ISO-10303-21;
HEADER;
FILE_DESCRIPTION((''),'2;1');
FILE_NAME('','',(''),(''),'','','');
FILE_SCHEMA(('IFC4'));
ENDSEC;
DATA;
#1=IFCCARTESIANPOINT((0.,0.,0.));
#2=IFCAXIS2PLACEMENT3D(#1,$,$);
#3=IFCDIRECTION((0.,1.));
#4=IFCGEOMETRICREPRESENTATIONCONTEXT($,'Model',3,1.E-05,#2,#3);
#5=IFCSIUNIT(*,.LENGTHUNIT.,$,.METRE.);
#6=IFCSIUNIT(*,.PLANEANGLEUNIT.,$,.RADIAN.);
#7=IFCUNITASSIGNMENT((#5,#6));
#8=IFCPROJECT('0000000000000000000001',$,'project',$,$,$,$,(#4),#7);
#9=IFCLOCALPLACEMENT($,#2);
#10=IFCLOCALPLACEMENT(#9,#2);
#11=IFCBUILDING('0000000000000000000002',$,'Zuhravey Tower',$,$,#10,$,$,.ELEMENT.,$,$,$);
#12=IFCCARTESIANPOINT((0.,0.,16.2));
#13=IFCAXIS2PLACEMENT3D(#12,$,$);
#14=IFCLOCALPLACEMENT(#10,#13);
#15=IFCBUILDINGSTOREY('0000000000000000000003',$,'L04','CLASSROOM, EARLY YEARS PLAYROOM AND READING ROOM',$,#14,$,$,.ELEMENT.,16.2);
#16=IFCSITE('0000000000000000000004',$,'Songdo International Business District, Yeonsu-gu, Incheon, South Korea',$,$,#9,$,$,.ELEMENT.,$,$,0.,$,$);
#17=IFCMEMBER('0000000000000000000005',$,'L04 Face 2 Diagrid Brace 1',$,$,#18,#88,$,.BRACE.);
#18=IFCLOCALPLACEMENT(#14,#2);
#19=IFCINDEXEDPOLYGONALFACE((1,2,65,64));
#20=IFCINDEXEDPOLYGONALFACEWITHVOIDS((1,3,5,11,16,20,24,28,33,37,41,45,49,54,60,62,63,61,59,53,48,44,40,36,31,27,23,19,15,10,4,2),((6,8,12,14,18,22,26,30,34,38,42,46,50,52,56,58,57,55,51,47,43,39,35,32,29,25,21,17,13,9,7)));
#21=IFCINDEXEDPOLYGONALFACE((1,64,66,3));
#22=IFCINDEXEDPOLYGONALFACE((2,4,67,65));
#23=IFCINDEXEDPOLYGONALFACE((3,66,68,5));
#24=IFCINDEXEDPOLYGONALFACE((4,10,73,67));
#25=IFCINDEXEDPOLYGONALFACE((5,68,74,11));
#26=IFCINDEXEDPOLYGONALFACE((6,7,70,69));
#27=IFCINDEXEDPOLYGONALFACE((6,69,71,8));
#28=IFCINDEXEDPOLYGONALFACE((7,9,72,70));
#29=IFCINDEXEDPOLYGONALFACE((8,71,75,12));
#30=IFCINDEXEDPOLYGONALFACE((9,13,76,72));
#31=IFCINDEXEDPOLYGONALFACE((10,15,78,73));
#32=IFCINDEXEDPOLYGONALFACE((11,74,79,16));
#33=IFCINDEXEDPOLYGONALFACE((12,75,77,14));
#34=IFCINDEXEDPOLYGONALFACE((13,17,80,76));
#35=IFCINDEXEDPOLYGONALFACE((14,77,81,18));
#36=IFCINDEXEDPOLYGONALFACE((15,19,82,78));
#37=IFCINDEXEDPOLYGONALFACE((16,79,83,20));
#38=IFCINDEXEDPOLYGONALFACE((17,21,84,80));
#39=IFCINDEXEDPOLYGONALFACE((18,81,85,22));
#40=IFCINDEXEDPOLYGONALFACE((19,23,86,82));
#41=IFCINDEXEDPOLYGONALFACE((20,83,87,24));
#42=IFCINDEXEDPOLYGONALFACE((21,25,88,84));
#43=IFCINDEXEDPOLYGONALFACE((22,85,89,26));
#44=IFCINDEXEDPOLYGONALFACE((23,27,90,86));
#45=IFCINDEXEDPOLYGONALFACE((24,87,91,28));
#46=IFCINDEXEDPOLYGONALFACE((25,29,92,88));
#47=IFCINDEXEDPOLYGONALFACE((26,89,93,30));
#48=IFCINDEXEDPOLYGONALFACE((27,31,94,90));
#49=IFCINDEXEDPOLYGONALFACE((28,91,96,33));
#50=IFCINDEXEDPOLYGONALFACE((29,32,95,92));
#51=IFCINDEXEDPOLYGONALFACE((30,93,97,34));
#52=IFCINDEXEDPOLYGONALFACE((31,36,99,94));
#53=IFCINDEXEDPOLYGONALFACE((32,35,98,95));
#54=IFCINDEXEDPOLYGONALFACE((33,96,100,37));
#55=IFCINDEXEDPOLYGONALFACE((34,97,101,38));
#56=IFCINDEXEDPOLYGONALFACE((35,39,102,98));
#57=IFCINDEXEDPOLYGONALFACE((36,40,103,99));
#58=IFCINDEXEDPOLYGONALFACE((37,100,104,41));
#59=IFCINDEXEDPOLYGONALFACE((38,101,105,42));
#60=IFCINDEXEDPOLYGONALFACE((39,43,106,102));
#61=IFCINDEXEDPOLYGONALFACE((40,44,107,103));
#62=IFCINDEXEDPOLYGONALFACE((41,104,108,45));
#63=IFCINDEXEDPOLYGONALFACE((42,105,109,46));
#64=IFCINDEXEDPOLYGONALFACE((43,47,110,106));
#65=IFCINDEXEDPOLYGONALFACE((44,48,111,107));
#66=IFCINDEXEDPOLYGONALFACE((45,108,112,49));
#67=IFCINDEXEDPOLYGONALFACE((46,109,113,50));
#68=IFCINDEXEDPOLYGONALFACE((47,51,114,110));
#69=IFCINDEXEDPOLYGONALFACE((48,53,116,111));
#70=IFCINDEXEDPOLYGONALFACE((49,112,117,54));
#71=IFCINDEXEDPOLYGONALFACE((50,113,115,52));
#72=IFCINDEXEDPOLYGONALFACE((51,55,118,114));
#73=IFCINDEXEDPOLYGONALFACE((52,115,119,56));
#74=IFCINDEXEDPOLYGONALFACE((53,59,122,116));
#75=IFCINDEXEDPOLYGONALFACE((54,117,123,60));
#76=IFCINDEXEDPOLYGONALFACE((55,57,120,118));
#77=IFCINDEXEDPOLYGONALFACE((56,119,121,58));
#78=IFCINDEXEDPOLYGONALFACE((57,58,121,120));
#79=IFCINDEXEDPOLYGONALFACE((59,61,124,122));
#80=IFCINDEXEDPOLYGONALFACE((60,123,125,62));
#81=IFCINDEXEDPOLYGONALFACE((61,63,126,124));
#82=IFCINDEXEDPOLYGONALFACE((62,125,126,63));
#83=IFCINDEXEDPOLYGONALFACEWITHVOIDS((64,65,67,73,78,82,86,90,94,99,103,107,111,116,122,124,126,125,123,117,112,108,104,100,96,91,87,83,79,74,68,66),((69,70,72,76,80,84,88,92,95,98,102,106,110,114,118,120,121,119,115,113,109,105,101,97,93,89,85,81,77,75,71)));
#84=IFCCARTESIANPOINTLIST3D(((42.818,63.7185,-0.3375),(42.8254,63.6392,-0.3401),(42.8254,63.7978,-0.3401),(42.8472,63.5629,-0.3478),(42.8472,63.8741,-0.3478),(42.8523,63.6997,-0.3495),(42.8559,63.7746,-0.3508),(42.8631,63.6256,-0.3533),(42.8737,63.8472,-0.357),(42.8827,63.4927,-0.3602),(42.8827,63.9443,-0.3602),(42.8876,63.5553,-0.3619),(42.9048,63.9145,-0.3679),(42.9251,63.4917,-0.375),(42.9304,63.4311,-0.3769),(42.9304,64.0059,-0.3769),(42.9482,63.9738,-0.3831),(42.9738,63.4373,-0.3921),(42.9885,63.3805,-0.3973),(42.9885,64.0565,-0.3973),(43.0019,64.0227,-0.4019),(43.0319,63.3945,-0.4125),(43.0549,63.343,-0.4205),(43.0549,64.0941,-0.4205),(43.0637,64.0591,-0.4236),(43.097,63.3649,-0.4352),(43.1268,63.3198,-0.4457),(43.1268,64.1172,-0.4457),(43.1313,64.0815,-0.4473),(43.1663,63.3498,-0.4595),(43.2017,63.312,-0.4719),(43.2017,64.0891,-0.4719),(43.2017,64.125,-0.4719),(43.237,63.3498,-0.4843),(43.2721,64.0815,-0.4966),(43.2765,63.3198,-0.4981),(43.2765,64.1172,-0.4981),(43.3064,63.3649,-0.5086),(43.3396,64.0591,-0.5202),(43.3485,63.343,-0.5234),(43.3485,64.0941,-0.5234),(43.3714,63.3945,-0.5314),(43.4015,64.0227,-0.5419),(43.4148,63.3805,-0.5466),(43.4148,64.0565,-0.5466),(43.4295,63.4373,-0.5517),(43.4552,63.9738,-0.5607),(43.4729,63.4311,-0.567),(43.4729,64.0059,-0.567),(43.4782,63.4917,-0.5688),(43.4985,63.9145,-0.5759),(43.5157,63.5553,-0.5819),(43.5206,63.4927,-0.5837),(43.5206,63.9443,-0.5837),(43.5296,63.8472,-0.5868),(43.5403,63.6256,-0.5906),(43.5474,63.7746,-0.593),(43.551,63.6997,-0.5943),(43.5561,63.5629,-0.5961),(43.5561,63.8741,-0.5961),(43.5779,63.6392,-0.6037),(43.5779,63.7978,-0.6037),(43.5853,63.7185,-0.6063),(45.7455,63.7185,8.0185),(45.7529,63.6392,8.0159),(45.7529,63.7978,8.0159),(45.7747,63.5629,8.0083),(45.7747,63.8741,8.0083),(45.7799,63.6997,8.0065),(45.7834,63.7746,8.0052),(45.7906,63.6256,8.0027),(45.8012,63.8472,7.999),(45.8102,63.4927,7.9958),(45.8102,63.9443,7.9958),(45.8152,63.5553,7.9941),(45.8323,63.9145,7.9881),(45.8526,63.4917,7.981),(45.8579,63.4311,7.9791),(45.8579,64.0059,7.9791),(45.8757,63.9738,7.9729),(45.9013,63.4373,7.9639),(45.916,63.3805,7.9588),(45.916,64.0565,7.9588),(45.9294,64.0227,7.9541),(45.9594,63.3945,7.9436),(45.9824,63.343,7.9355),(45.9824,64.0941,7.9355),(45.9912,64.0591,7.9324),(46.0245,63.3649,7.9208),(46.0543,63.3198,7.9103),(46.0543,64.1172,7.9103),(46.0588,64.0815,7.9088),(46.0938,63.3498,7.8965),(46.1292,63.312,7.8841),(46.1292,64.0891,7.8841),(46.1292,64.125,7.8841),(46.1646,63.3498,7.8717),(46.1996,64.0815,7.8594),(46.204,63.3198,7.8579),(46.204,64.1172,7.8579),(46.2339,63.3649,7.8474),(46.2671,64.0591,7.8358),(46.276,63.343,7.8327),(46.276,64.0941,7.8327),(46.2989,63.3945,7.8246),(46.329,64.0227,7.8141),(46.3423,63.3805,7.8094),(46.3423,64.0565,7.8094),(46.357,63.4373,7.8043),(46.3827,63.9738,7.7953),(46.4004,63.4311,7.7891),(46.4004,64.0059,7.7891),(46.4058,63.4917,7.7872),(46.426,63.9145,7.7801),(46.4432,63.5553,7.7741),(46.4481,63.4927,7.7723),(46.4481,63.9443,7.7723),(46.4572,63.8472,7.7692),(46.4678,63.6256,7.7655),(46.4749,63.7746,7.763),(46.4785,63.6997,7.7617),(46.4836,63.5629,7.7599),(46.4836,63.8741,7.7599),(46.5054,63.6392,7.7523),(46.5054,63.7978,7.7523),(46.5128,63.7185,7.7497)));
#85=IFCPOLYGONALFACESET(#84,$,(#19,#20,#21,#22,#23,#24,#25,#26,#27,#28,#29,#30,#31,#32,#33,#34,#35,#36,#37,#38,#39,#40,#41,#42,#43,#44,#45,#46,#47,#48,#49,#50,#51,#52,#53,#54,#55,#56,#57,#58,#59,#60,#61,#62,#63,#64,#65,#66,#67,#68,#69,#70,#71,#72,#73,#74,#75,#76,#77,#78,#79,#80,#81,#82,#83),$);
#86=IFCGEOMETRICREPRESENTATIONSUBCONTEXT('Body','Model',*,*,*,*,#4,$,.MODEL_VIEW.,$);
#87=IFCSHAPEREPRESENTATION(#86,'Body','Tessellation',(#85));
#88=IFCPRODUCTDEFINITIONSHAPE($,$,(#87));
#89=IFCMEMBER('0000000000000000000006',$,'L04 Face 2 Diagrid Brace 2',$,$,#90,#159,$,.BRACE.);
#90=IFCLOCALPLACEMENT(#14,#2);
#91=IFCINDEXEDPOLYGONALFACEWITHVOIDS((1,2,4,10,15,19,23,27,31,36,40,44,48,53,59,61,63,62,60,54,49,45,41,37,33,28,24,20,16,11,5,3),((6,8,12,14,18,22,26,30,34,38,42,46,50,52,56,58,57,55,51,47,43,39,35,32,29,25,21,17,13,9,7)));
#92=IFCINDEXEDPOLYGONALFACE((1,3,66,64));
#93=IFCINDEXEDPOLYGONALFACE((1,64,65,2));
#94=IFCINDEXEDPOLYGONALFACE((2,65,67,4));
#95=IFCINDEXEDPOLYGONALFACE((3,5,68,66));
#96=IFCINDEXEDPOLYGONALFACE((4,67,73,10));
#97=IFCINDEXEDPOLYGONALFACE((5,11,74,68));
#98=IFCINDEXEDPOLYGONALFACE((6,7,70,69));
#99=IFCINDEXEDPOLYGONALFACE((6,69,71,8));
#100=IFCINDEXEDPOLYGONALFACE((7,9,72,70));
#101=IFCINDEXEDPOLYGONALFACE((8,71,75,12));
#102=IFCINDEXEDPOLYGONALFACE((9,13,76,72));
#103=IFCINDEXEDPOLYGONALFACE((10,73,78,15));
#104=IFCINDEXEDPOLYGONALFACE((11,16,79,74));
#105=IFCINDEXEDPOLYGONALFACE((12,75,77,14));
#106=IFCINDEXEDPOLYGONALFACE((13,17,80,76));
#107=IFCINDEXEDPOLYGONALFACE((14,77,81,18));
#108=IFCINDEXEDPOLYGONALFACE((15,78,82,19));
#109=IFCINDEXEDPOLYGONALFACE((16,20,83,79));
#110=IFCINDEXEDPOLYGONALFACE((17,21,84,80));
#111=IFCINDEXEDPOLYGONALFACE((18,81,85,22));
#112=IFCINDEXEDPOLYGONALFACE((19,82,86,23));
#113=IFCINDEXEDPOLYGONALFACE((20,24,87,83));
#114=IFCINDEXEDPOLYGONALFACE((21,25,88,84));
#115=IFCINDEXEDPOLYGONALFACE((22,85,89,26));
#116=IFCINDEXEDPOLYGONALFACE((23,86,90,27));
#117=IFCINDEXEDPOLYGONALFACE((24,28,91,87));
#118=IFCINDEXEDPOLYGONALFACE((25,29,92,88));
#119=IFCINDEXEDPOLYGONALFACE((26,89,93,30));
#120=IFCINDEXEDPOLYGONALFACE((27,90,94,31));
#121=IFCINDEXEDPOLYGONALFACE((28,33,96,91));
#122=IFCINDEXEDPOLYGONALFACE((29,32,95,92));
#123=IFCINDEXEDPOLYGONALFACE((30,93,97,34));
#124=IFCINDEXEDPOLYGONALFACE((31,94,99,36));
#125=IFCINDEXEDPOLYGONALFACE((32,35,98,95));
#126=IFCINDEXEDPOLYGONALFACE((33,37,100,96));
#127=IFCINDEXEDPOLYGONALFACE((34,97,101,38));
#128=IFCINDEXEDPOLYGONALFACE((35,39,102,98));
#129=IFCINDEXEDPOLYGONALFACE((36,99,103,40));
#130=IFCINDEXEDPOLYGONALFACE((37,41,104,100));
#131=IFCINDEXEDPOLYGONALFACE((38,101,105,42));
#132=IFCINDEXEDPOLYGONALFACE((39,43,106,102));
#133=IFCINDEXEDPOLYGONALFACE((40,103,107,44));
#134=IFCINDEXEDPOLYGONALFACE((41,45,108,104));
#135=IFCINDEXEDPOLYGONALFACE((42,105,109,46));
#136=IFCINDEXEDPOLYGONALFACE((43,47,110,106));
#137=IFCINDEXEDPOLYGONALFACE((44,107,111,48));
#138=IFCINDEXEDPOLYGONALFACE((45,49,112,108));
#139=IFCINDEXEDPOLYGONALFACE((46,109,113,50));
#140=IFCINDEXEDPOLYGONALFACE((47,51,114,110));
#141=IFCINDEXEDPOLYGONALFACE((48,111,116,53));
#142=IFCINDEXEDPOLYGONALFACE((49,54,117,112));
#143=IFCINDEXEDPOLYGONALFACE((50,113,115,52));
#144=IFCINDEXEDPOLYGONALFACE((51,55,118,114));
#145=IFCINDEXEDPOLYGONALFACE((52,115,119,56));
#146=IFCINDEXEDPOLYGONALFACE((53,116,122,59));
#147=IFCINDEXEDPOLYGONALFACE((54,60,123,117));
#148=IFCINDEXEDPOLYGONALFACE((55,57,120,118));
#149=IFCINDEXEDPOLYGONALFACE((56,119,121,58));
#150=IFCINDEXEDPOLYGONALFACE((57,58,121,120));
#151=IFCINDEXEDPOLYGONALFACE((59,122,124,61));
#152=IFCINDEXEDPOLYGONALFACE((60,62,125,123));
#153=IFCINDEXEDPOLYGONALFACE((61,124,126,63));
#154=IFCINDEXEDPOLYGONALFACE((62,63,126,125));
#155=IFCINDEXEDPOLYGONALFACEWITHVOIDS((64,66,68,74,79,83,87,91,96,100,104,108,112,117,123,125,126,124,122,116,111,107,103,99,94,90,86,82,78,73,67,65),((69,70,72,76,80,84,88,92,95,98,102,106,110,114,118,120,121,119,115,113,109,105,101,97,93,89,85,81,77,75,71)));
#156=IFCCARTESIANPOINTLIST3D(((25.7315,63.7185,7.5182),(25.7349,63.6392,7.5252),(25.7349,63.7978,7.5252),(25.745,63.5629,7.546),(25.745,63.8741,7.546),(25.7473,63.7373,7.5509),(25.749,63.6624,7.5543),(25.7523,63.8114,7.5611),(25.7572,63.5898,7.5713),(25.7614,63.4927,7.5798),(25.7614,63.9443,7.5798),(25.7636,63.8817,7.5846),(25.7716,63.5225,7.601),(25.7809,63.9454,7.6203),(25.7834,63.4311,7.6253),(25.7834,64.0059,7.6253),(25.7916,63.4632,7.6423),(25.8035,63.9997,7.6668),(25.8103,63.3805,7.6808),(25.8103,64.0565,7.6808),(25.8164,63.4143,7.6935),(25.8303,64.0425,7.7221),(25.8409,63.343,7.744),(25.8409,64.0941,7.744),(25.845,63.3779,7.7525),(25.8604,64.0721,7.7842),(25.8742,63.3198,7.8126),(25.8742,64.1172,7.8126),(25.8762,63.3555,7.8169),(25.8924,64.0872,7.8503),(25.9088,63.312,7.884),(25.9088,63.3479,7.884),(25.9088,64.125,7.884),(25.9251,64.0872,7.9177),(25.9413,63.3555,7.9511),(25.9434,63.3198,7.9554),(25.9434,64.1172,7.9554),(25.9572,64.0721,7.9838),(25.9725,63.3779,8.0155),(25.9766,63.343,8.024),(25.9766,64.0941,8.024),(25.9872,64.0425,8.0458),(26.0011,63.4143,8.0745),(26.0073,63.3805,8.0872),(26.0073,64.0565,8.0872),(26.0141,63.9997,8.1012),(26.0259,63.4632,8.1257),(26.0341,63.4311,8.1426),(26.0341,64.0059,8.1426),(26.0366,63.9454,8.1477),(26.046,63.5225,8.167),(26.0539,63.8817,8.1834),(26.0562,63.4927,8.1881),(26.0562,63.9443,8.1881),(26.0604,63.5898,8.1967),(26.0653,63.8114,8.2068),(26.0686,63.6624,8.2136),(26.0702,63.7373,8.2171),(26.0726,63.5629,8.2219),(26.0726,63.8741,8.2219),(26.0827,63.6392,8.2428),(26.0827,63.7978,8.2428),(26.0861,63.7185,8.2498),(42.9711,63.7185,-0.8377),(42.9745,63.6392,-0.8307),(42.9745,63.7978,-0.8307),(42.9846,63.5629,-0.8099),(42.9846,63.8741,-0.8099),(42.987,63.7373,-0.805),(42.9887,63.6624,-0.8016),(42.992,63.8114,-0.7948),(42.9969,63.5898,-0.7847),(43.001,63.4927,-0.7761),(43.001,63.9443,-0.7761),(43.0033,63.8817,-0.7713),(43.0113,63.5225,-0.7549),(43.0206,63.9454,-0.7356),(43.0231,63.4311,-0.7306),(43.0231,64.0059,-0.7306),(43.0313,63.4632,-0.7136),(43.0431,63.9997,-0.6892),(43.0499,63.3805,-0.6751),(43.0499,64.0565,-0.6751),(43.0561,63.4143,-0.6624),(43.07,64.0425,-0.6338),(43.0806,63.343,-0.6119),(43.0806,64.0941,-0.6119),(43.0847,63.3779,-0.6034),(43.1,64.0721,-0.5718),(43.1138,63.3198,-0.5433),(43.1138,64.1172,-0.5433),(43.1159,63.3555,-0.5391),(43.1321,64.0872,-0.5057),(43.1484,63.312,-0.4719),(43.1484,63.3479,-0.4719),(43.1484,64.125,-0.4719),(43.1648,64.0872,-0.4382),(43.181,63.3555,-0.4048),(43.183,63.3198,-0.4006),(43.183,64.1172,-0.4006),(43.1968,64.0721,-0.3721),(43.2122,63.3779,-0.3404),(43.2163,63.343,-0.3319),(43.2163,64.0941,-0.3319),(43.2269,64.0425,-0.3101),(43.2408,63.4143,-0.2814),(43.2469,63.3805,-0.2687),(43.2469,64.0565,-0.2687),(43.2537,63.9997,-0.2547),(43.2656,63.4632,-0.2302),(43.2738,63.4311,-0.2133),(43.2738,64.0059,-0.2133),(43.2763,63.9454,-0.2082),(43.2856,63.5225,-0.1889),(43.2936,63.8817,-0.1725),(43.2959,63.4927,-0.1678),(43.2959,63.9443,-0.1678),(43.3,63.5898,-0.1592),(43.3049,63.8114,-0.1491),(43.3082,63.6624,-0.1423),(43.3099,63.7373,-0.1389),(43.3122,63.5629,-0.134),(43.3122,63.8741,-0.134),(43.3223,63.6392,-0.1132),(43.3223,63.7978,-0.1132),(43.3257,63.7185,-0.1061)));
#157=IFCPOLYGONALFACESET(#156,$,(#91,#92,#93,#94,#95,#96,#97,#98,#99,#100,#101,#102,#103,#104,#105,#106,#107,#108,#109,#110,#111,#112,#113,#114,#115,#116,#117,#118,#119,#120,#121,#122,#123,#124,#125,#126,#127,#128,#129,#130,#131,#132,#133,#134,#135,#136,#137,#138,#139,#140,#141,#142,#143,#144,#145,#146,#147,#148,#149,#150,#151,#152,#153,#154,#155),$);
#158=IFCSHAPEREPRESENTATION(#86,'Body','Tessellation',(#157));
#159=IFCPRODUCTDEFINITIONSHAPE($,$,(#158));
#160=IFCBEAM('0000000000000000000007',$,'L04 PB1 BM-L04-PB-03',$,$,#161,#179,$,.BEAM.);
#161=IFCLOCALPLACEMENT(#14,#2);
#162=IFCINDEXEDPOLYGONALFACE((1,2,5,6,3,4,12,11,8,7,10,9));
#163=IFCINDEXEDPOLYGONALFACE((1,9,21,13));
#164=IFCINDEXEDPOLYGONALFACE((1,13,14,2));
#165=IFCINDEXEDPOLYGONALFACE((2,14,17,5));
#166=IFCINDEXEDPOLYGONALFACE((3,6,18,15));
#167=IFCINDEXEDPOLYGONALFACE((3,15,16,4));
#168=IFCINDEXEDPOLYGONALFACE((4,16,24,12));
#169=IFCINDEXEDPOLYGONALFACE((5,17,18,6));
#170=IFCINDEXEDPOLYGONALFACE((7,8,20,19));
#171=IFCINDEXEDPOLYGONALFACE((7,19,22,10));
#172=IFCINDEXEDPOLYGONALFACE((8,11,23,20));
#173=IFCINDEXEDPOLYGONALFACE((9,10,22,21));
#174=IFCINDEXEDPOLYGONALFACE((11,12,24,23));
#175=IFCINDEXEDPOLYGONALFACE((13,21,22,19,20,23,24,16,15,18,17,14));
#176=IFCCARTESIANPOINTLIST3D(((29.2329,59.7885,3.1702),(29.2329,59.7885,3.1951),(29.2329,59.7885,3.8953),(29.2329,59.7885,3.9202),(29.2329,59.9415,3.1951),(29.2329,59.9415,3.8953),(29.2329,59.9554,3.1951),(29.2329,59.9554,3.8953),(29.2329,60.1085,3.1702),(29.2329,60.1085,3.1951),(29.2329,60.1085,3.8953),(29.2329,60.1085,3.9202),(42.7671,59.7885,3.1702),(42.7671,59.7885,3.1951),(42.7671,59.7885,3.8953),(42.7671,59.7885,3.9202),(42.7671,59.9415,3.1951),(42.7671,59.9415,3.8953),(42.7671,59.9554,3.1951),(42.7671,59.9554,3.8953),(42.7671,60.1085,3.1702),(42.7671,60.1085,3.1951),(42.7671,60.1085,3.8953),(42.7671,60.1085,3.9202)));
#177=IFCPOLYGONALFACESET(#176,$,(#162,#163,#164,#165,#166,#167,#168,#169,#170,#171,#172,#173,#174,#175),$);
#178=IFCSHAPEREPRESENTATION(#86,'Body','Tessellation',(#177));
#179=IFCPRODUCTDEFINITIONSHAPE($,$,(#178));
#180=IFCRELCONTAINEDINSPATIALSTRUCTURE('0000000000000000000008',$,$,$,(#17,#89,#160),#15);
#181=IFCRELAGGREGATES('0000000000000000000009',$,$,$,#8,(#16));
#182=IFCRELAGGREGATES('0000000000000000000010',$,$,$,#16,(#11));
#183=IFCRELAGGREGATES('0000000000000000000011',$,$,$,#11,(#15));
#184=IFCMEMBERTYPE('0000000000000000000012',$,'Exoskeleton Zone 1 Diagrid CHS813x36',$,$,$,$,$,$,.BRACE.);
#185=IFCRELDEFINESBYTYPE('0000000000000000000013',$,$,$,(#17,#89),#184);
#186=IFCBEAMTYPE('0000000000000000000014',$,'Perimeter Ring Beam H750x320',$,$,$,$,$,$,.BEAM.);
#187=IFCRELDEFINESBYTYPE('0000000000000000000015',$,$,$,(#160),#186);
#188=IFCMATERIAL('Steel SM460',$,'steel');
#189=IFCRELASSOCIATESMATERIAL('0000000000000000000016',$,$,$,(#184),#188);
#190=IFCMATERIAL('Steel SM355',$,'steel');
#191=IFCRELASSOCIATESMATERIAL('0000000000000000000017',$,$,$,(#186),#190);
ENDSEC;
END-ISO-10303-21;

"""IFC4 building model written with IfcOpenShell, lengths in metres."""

from ifc_helpers import new_model, si_unit, direction, frame, origin, origin_2d, place, context, subcontext, project, spatial, hollow_circle, i_section, extrude, material, material_profile, profile_set, type_object, element, save


model = new_model("IFC4")

# Units and contexts
model_context = context("Model", 3, precision=1e-05, world=origin(), true_north=direction((0.0, 1.0)))
body_context = subcontext(model_context, "Body", "Model", "MODEL_VIEW")
ifc_project = project(units=[si_unit("LENGTHUNIT", "METRE"), si_unit("PLANEANGLEUNIT", "RADIAN")], contexts=[model_context])

# Site, building, storey
site_placement = place(None, origin())
site = spatial("IfcSite", under=ifc_project, at=site_placement, Name="Songdo International Business District, Yeonsu-gu, Incheon, South Korea", CompositionType="ELEMENT", RefElevation=0.0)
building_placement = place(site_placement, origin())
building = spatial("IfcBuilding", under=site, at=building_placement, Name="Zuhravey Tower", CompositionType="ELEMENT")
storey_placement = place(building_placement, frame((0.0, 0.0, 16.2)))
storey = spatial("IfcBuildingStorey", under=building, at=storey_placement, Name="L04", Description="CLASSROOM, EARLY YEARS PLAYROOM AND READING ROOM", CompositionType="ELEMENT", Elevation=16.2)

# Members
ifc_material_1 = material(Name="Steel SM355", Category="steel")
ifc_material_2 = material(Name="Steel SM460", Category="steel")
ifc_material_profile_1 = material_profile(ifc_material_2, hollow_circle(Radius=0.4065, WallThickness=0.0359, at=origin_2d()), Name="CHS-812.8x36")
ifc_profile_set_1 = profile_set([ifc_material_profile_1], Name="Steel SM460")
member_type_1 = type_object("IfcMemberType", Name="Exoskeleton Zone 1 Diagrid CHS813x36", PredefinedType="BRACE", material=ifc_profile_set_1)
member_1_placement = place(storey_placement, frame((43.2017, 63.7185, -0.4719), z_axis=(0.330643, 0.0, 0.943756), x_axis=(0.0, 1.0, 0.0)))
element("IfcMember", 1, at=member_1_placement, inside=storey, type_object=member_type_1, Name="L04 Face 2 Diagrid Brace 1", PredefinedType="BRACE", context=body_context, shape_type="SweptSolid", body=[
    extrude(hollow_circle(Radius=0.4065, WallThickness=0.0359, at=origin_2d()), origin(), (0.0, 0.0, 1.0), 8.854),
])
member_2_placement = place(storey_placement, frame((43.1484, 63.7185, -0.4719), z_axis=(-0.89987, 0.0, 0.436159), x_axis=(0.0, -1.0, 0.0)))
element("IfcMember", 2, at=member_2_placement, inside=storey, type_object=member_type_1, Name="L04 Face 2 Diagrid Brace 2", PredefinedType="BRACE", context=body_context, shape_type="SweptSolid", body=[
    extrude(hollow_circle(Radius=0.4065, WallThickness=0.0359, at=origin_2d()), origin(), (0.0, 0.0, 1.0), 19.158),
])

# Beam
ifc_material_profile_2 = material_profile(ifc_material_1, i_section(OverallWidth=0.3201, OverallDepth=0.75, WebThickness=0.0139, FlangeThickness=0.0249, at=origin_2d()), Name="H-750x320x14x25")
ifc_profile_set_2 = profile_set([ifc_material_profile_2], Name="Steel SM355")
beam_type_1 = type_object("IfcBeamType", Name="Perimeter Ring Beam H750x320", PredefinedType="BEAM", material=ifc_profile_set_2)
beam_1_placement = place(storey_placement, frame((42.7671, 59.9485, 3.5452), z_axis=(-1.0, 0.0, 0.0), x_axis=(0.0, -1.0, 0.0)))
element("IfcBeam", 3, at=beam_1_placement, inside=storey, type_object=beam_type_1, Name="L04 PB1 BM-L04-PB-03", PredefinedType="BEAM", context=body_context, shape_type="SweptSolid", body=[
    extrude(i_section(OverallWidth=0.3201, OverallDepth=0.75, WebThickness=0.0139, FlangeThickness=0.0249, at=origin_2d()), origin(), (0.0, 0.0, 1.0), 13.5342),
])

save(model, "model.ifc")
